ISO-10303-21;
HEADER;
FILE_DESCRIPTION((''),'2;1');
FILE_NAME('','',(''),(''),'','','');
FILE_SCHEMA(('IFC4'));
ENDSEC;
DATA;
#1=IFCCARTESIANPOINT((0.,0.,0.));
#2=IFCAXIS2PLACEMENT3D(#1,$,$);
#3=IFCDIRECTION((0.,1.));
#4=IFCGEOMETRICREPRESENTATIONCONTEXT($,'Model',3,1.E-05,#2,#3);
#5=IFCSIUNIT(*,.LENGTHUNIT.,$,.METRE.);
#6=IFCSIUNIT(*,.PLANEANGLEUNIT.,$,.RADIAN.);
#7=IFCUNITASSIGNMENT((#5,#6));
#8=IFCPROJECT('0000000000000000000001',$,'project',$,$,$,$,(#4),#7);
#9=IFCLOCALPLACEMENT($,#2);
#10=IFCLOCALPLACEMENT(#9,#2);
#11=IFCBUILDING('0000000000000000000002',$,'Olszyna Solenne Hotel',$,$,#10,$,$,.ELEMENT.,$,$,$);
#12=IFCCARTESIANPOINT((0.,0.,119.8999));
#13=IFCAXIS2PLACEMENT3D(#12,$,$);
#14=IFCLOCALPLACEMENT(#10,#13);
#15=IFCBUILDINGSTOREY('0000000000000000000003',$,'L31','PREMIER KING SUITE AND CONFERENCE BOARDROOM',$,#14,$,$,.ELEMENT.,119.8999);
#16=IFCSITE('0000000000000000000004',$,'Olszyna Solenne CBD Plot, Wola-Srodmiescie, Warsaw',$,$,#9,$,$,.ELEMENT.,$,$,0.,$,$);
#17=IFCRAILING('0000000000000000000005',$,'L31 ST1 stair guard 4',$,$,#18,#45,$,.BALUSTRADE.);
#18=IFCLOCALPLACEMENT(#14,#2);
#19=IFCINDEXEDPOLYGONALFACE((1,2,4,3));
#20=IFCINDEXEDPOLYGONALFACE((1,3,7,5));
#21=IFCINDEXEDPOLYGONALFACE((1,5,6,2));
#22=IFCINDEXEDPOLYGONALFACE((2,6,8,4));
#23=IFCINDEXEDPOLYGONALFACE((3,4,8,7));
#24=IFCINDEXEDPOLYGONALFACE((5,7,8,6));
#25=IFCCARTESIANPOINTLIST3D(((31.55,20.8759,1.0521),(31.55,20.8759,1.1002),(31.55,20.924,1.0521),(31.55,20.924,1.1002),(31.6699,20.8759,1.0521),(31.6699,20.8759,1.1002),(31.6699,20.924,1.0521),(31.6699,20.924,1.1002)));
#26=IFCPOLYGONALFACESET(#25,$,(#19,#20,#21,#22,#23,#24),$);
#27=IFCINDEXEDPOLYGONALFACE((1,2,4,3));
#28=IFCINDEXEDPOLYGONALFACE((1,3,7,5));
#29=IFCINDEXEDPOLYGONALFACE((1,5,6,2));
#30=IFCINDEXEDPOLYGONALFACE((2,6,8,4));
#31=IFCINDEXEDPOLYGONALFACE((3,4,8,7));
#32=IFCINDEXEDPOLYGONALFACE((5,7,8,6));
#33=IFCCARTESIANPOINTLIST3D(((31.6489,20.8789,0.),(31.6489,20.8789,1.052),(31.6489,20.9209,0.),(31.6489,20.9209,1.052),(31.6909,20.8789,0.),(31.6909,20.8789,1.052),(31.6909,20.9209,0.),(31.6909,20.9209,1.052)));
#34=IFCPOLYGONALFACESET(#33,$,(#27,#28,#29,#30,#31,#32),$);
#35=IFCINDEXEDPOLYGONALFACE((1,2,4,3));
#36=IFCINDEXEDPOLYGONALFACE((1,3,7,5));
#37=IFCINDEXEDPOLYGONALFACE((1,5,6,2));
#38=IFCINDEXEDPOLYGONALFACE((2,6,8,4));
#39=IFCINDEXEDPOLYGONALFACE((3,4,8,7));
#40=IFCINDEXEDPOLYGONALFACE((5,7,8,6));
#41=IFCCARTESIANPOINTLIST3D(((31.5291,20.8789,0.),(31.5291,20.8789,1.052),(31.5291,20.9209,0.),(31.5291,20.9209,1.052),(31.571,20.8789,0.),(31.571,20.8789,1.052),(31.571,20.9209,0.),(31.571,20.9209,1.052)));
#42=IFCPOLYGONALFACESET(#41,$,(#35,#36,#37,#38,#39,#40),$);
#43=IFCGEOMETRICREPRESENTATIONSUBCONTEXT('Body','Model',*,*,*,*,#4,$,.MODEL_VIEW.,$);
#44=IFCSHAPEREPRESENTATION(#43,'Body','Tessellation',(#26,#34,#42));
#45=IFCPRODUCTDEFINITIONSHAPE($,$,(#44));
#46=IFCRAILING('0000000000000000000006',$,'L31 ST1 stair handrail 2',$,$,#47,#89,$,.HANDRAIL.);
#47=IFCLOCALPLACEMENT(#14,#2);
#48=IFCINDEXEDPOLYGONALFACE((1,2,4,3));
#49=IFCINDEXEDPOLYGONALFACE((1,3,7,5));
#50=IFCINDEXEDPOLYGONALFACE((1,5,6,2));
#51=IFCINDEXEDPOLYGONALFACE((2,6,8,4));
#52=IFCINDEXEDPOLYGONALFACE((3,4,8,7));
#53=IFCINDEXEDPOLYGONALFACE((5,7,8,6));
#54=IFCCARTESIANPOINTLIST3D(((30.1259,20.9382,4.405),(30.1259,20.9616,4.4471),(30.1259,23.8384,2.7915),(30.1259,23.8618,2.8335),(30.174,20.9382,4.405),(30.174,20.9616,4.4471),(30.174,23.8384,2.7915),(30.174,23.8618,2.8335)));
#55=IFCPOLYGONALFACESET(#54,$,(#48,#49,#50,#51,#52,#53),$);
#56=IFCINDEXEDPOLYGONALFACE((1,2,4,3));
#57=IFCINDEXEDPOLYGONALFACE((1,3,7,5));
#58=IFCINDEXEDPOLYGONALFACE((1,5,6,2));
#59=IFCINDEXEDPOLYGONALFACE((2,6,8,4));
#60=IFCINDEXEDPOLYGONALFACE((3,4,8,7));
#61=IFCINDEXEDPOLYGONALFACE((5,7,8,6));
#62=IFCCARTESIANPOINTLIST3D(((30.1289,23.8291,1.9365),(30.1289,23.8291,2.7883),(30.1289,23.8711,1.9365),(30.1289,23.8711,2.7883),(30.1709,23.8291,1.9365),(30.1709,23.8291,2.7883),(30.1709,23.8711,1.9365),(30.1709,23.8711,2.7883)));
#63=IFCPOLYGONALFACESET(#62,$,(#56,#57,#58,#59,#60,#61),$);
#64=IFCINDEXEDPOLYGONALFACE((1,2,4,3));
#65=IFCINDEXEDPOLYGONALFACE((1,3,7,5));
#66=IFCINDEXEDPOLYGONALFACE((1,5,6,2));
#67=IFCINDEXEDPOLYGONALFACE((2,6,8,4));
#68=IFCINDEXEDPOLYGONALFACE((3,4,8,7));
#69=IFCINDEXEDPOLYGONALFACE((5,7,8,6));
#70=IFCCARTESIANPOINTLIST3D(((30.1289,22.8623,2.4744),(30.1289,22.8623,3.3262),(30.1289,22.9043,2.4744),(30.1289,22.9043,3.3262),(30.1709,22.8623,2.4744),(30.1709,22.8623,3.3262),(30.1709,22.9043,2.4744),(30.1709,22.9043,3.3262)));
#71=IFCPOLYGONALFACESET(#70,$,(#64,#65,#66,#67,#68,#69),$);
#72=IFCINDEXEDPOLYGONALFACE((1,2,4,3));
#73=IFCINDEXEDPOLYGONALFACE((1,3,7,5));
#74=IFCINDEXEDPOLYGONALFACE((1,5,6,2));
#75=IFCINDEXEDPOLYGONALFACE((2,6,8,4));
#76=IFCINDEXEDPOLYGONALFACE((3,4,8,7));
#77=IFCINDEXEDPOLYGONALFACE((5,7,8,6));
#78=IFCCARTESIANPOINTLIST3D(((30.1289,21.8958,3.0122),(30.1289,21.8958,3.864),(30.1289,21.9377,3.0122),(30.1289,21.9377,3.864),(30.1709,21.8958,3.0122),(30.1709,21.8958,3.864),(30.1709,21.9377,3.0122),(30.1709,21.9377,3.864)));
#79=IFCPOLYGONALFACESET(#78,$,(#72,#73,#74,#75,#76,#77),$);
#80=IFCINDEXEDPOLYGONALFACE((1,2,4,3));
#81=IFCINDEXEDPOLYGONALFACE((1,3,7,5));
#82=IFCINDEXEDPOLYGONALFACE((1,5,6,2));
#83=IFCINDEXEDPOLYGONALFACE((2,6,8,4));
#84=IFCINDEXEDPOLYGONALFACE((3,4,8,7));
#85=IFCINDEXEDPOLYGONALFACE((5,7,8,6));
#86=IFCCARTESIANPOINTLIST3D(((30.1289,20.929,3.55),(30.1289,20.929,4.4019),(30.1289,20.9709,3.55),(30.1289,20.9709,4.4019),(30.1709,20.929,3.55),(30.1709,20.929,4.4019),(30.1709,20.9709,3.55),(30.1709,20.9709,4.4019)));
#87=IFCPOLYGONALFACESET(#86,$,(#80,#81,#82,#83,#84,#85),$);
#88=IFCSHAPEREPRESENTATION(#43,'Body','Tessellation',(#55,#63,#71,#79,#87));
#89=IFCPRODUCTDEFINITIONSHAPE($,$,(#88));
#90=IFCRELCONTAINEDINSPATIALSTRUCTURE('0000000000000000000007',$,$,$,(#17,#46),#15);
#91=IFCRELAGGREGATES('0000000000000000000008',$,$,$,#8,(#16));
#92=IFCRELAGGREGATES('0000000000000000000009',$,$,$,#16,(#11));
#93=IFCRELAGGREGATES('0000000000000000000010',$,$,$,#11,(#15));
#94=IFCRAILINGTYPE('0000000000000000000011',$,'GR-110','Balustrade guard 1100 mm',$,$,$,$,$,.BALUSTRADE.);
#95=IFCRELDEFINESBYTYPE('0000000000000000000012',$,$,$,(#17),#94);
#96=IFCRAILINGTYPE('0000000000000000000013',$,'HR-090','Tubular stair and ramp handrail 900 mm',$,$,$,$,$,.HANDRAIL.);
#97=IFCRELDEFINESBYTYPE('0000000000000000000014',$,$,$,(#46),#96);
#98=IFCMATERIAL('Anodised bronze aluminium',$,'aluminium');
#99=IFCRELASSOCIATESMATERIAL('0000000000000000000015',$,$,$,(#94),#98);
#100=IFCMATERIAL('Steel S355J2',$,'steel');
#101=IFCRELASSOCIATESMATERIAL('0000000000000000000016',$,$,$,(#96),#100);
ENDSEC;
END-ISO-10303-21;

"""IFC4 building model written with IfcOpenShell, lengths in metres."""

from ifc_helpers import new_model, si_unit, direction, frame, origin, origin_2d, place, context, subcontext, project, spatial, rectangle, extrude, material, type_object, element, save


model = new_model("IFC4")

# Units and contexts
model_context = context("Model", 3, precision=1e-05, world=origin(), true_north=direction((0.0, 1.0)))
body_context = subcontext(model_context, "Body", "Model", "MODEL_VIEW")
ifc_project = project(units=[si_unit("LENGTHUNIT", "METRE"), si_unit("PLANEANGLEUNIT", "RADIAN")], contexts=[model_context])

# Site, building, storey
site_placement = place(None, origin())
site = spatial("IfcSite", under=ifc_project, at=site_placement, Name="Olszyna Solenne CBD Plot, Wola-Srodmiescie, Warsaw", CompositionType="ELEMENT", RefElevation=0.0)
building_placement = place(site_placement, origin())
building = spatial("IfcBuilding", under=site, at=building_placement, Name="Olszyna Solenne Hotel", CompositionType="ELEMENT")
storey_placement = place(building_placement, frame((0.0, 0.0, 119.8999)))
storey = spatial("IfcBuildingStorey", under=building, at=storey_placement, Name="L31", Description="PREMIER KING SUITE AND CONFERENCE BOARDROOM", CompositionType="ELEMENT", Elevation=119.8999)

# Shared definitions
ifc_material_1 = material(Name="Steel S355J2", Category="steel")

# Shared definitions
ifc_material_2 = material(Name="Anodised bronze aluminium", Category="aluminium")

# Railings
railing_type_1 = type_object("IfcRailingType", Name="GR-110", Description="Balustrade guard 1100 mm", PredefinedType="BALUSTRADE", material=ifc_material_2)
railing_1_placement = place(storey_placement, frame((31.6699, 20.8999, 0.0)))
element("IfcRailing", 1, at=railing_1_placement, inside=storey, type_object=railing_type_1, Name="L31 ST1 stair guard 4", PredefinedType="BALUSTRADE", context=body_context, shape_type="SweptSolid", body=[
    extrude(rectangle(XDim=0.0481, YDim=0.0481, at=origin_2d()), frame((0.0, 0.0, 1.0762), z_axis=(-1.0, 0.0, 0.0), x_axis=(0.0, -1.0, 0.0)), (0.0, 0.0, 1.0), 0.1199),
    extrude(rectangle(XDim=0.042, YDim=0.042, at=origin_2d()), origin(), (0.0, 0.0, 1.0), 1.052),
    extrude(rectangle(XDim=0.042, YDim=0.042, at=origin_2d()), frame((-0.1199, 0.0, 0.0)), (0.0, 0.0, 1.0), 1.052),
])
railing_type_2 = type_object("IfcRailingType", Name="HR-090", Description="Tubular stair and ramp handrail 900 mm", PredefinedType="HANDRAIL", material=ifc_material_1)
railing_2_placement = place(storey_placement, frame((30.1499, 23.8501, 1.9365)))
element("IfcRailing", 2, at=railing_2_placement, inside=storey, type_object=railing_type_2, Name="L31 ST1 stair handrail 2", PredefinedType="HANDRAIL", context=body_context, shape_type="SweptSolid", body=[
    extrude(rectangle(XDim=0.0481, YDim=0.0481, at=origin_2d()), frame((0.0, 0.0, 0.876), z_axis=(0.0, -0.873859, 0.48618), x_axis=(1.0, 0.0, 0.0)), (0.0, 0.0, 1.0), 3.3188),
    extrude(rectangle(XDim=0.042, YDim=0.042, at=origin_2d()), origin(), (0.0, 0.0, 1.0), 0.8518),
    extrude(rectangle(XDim=0.042, YDim=0.042, at=origin_2d()), frame((0.0, -0.9668, 0.5378)), (0.0, 0.0, 1.0), 0.8518),
    extrude(rectangle(XDim=0.042, YDim=0.042, at=origin_2d()), frame((0.0, -1.9333, 1.0757)), (0.0, 0.0, 1.0), 0.8518),
    extrude(rectangle(XDim=0.042, YDim=0.042, at=origin_2d()), frame((0.0, -2.9001, 1.6135)), (0.0, 0.0, 1.0), 0.8518),
])

save(model, "model.ifc")
